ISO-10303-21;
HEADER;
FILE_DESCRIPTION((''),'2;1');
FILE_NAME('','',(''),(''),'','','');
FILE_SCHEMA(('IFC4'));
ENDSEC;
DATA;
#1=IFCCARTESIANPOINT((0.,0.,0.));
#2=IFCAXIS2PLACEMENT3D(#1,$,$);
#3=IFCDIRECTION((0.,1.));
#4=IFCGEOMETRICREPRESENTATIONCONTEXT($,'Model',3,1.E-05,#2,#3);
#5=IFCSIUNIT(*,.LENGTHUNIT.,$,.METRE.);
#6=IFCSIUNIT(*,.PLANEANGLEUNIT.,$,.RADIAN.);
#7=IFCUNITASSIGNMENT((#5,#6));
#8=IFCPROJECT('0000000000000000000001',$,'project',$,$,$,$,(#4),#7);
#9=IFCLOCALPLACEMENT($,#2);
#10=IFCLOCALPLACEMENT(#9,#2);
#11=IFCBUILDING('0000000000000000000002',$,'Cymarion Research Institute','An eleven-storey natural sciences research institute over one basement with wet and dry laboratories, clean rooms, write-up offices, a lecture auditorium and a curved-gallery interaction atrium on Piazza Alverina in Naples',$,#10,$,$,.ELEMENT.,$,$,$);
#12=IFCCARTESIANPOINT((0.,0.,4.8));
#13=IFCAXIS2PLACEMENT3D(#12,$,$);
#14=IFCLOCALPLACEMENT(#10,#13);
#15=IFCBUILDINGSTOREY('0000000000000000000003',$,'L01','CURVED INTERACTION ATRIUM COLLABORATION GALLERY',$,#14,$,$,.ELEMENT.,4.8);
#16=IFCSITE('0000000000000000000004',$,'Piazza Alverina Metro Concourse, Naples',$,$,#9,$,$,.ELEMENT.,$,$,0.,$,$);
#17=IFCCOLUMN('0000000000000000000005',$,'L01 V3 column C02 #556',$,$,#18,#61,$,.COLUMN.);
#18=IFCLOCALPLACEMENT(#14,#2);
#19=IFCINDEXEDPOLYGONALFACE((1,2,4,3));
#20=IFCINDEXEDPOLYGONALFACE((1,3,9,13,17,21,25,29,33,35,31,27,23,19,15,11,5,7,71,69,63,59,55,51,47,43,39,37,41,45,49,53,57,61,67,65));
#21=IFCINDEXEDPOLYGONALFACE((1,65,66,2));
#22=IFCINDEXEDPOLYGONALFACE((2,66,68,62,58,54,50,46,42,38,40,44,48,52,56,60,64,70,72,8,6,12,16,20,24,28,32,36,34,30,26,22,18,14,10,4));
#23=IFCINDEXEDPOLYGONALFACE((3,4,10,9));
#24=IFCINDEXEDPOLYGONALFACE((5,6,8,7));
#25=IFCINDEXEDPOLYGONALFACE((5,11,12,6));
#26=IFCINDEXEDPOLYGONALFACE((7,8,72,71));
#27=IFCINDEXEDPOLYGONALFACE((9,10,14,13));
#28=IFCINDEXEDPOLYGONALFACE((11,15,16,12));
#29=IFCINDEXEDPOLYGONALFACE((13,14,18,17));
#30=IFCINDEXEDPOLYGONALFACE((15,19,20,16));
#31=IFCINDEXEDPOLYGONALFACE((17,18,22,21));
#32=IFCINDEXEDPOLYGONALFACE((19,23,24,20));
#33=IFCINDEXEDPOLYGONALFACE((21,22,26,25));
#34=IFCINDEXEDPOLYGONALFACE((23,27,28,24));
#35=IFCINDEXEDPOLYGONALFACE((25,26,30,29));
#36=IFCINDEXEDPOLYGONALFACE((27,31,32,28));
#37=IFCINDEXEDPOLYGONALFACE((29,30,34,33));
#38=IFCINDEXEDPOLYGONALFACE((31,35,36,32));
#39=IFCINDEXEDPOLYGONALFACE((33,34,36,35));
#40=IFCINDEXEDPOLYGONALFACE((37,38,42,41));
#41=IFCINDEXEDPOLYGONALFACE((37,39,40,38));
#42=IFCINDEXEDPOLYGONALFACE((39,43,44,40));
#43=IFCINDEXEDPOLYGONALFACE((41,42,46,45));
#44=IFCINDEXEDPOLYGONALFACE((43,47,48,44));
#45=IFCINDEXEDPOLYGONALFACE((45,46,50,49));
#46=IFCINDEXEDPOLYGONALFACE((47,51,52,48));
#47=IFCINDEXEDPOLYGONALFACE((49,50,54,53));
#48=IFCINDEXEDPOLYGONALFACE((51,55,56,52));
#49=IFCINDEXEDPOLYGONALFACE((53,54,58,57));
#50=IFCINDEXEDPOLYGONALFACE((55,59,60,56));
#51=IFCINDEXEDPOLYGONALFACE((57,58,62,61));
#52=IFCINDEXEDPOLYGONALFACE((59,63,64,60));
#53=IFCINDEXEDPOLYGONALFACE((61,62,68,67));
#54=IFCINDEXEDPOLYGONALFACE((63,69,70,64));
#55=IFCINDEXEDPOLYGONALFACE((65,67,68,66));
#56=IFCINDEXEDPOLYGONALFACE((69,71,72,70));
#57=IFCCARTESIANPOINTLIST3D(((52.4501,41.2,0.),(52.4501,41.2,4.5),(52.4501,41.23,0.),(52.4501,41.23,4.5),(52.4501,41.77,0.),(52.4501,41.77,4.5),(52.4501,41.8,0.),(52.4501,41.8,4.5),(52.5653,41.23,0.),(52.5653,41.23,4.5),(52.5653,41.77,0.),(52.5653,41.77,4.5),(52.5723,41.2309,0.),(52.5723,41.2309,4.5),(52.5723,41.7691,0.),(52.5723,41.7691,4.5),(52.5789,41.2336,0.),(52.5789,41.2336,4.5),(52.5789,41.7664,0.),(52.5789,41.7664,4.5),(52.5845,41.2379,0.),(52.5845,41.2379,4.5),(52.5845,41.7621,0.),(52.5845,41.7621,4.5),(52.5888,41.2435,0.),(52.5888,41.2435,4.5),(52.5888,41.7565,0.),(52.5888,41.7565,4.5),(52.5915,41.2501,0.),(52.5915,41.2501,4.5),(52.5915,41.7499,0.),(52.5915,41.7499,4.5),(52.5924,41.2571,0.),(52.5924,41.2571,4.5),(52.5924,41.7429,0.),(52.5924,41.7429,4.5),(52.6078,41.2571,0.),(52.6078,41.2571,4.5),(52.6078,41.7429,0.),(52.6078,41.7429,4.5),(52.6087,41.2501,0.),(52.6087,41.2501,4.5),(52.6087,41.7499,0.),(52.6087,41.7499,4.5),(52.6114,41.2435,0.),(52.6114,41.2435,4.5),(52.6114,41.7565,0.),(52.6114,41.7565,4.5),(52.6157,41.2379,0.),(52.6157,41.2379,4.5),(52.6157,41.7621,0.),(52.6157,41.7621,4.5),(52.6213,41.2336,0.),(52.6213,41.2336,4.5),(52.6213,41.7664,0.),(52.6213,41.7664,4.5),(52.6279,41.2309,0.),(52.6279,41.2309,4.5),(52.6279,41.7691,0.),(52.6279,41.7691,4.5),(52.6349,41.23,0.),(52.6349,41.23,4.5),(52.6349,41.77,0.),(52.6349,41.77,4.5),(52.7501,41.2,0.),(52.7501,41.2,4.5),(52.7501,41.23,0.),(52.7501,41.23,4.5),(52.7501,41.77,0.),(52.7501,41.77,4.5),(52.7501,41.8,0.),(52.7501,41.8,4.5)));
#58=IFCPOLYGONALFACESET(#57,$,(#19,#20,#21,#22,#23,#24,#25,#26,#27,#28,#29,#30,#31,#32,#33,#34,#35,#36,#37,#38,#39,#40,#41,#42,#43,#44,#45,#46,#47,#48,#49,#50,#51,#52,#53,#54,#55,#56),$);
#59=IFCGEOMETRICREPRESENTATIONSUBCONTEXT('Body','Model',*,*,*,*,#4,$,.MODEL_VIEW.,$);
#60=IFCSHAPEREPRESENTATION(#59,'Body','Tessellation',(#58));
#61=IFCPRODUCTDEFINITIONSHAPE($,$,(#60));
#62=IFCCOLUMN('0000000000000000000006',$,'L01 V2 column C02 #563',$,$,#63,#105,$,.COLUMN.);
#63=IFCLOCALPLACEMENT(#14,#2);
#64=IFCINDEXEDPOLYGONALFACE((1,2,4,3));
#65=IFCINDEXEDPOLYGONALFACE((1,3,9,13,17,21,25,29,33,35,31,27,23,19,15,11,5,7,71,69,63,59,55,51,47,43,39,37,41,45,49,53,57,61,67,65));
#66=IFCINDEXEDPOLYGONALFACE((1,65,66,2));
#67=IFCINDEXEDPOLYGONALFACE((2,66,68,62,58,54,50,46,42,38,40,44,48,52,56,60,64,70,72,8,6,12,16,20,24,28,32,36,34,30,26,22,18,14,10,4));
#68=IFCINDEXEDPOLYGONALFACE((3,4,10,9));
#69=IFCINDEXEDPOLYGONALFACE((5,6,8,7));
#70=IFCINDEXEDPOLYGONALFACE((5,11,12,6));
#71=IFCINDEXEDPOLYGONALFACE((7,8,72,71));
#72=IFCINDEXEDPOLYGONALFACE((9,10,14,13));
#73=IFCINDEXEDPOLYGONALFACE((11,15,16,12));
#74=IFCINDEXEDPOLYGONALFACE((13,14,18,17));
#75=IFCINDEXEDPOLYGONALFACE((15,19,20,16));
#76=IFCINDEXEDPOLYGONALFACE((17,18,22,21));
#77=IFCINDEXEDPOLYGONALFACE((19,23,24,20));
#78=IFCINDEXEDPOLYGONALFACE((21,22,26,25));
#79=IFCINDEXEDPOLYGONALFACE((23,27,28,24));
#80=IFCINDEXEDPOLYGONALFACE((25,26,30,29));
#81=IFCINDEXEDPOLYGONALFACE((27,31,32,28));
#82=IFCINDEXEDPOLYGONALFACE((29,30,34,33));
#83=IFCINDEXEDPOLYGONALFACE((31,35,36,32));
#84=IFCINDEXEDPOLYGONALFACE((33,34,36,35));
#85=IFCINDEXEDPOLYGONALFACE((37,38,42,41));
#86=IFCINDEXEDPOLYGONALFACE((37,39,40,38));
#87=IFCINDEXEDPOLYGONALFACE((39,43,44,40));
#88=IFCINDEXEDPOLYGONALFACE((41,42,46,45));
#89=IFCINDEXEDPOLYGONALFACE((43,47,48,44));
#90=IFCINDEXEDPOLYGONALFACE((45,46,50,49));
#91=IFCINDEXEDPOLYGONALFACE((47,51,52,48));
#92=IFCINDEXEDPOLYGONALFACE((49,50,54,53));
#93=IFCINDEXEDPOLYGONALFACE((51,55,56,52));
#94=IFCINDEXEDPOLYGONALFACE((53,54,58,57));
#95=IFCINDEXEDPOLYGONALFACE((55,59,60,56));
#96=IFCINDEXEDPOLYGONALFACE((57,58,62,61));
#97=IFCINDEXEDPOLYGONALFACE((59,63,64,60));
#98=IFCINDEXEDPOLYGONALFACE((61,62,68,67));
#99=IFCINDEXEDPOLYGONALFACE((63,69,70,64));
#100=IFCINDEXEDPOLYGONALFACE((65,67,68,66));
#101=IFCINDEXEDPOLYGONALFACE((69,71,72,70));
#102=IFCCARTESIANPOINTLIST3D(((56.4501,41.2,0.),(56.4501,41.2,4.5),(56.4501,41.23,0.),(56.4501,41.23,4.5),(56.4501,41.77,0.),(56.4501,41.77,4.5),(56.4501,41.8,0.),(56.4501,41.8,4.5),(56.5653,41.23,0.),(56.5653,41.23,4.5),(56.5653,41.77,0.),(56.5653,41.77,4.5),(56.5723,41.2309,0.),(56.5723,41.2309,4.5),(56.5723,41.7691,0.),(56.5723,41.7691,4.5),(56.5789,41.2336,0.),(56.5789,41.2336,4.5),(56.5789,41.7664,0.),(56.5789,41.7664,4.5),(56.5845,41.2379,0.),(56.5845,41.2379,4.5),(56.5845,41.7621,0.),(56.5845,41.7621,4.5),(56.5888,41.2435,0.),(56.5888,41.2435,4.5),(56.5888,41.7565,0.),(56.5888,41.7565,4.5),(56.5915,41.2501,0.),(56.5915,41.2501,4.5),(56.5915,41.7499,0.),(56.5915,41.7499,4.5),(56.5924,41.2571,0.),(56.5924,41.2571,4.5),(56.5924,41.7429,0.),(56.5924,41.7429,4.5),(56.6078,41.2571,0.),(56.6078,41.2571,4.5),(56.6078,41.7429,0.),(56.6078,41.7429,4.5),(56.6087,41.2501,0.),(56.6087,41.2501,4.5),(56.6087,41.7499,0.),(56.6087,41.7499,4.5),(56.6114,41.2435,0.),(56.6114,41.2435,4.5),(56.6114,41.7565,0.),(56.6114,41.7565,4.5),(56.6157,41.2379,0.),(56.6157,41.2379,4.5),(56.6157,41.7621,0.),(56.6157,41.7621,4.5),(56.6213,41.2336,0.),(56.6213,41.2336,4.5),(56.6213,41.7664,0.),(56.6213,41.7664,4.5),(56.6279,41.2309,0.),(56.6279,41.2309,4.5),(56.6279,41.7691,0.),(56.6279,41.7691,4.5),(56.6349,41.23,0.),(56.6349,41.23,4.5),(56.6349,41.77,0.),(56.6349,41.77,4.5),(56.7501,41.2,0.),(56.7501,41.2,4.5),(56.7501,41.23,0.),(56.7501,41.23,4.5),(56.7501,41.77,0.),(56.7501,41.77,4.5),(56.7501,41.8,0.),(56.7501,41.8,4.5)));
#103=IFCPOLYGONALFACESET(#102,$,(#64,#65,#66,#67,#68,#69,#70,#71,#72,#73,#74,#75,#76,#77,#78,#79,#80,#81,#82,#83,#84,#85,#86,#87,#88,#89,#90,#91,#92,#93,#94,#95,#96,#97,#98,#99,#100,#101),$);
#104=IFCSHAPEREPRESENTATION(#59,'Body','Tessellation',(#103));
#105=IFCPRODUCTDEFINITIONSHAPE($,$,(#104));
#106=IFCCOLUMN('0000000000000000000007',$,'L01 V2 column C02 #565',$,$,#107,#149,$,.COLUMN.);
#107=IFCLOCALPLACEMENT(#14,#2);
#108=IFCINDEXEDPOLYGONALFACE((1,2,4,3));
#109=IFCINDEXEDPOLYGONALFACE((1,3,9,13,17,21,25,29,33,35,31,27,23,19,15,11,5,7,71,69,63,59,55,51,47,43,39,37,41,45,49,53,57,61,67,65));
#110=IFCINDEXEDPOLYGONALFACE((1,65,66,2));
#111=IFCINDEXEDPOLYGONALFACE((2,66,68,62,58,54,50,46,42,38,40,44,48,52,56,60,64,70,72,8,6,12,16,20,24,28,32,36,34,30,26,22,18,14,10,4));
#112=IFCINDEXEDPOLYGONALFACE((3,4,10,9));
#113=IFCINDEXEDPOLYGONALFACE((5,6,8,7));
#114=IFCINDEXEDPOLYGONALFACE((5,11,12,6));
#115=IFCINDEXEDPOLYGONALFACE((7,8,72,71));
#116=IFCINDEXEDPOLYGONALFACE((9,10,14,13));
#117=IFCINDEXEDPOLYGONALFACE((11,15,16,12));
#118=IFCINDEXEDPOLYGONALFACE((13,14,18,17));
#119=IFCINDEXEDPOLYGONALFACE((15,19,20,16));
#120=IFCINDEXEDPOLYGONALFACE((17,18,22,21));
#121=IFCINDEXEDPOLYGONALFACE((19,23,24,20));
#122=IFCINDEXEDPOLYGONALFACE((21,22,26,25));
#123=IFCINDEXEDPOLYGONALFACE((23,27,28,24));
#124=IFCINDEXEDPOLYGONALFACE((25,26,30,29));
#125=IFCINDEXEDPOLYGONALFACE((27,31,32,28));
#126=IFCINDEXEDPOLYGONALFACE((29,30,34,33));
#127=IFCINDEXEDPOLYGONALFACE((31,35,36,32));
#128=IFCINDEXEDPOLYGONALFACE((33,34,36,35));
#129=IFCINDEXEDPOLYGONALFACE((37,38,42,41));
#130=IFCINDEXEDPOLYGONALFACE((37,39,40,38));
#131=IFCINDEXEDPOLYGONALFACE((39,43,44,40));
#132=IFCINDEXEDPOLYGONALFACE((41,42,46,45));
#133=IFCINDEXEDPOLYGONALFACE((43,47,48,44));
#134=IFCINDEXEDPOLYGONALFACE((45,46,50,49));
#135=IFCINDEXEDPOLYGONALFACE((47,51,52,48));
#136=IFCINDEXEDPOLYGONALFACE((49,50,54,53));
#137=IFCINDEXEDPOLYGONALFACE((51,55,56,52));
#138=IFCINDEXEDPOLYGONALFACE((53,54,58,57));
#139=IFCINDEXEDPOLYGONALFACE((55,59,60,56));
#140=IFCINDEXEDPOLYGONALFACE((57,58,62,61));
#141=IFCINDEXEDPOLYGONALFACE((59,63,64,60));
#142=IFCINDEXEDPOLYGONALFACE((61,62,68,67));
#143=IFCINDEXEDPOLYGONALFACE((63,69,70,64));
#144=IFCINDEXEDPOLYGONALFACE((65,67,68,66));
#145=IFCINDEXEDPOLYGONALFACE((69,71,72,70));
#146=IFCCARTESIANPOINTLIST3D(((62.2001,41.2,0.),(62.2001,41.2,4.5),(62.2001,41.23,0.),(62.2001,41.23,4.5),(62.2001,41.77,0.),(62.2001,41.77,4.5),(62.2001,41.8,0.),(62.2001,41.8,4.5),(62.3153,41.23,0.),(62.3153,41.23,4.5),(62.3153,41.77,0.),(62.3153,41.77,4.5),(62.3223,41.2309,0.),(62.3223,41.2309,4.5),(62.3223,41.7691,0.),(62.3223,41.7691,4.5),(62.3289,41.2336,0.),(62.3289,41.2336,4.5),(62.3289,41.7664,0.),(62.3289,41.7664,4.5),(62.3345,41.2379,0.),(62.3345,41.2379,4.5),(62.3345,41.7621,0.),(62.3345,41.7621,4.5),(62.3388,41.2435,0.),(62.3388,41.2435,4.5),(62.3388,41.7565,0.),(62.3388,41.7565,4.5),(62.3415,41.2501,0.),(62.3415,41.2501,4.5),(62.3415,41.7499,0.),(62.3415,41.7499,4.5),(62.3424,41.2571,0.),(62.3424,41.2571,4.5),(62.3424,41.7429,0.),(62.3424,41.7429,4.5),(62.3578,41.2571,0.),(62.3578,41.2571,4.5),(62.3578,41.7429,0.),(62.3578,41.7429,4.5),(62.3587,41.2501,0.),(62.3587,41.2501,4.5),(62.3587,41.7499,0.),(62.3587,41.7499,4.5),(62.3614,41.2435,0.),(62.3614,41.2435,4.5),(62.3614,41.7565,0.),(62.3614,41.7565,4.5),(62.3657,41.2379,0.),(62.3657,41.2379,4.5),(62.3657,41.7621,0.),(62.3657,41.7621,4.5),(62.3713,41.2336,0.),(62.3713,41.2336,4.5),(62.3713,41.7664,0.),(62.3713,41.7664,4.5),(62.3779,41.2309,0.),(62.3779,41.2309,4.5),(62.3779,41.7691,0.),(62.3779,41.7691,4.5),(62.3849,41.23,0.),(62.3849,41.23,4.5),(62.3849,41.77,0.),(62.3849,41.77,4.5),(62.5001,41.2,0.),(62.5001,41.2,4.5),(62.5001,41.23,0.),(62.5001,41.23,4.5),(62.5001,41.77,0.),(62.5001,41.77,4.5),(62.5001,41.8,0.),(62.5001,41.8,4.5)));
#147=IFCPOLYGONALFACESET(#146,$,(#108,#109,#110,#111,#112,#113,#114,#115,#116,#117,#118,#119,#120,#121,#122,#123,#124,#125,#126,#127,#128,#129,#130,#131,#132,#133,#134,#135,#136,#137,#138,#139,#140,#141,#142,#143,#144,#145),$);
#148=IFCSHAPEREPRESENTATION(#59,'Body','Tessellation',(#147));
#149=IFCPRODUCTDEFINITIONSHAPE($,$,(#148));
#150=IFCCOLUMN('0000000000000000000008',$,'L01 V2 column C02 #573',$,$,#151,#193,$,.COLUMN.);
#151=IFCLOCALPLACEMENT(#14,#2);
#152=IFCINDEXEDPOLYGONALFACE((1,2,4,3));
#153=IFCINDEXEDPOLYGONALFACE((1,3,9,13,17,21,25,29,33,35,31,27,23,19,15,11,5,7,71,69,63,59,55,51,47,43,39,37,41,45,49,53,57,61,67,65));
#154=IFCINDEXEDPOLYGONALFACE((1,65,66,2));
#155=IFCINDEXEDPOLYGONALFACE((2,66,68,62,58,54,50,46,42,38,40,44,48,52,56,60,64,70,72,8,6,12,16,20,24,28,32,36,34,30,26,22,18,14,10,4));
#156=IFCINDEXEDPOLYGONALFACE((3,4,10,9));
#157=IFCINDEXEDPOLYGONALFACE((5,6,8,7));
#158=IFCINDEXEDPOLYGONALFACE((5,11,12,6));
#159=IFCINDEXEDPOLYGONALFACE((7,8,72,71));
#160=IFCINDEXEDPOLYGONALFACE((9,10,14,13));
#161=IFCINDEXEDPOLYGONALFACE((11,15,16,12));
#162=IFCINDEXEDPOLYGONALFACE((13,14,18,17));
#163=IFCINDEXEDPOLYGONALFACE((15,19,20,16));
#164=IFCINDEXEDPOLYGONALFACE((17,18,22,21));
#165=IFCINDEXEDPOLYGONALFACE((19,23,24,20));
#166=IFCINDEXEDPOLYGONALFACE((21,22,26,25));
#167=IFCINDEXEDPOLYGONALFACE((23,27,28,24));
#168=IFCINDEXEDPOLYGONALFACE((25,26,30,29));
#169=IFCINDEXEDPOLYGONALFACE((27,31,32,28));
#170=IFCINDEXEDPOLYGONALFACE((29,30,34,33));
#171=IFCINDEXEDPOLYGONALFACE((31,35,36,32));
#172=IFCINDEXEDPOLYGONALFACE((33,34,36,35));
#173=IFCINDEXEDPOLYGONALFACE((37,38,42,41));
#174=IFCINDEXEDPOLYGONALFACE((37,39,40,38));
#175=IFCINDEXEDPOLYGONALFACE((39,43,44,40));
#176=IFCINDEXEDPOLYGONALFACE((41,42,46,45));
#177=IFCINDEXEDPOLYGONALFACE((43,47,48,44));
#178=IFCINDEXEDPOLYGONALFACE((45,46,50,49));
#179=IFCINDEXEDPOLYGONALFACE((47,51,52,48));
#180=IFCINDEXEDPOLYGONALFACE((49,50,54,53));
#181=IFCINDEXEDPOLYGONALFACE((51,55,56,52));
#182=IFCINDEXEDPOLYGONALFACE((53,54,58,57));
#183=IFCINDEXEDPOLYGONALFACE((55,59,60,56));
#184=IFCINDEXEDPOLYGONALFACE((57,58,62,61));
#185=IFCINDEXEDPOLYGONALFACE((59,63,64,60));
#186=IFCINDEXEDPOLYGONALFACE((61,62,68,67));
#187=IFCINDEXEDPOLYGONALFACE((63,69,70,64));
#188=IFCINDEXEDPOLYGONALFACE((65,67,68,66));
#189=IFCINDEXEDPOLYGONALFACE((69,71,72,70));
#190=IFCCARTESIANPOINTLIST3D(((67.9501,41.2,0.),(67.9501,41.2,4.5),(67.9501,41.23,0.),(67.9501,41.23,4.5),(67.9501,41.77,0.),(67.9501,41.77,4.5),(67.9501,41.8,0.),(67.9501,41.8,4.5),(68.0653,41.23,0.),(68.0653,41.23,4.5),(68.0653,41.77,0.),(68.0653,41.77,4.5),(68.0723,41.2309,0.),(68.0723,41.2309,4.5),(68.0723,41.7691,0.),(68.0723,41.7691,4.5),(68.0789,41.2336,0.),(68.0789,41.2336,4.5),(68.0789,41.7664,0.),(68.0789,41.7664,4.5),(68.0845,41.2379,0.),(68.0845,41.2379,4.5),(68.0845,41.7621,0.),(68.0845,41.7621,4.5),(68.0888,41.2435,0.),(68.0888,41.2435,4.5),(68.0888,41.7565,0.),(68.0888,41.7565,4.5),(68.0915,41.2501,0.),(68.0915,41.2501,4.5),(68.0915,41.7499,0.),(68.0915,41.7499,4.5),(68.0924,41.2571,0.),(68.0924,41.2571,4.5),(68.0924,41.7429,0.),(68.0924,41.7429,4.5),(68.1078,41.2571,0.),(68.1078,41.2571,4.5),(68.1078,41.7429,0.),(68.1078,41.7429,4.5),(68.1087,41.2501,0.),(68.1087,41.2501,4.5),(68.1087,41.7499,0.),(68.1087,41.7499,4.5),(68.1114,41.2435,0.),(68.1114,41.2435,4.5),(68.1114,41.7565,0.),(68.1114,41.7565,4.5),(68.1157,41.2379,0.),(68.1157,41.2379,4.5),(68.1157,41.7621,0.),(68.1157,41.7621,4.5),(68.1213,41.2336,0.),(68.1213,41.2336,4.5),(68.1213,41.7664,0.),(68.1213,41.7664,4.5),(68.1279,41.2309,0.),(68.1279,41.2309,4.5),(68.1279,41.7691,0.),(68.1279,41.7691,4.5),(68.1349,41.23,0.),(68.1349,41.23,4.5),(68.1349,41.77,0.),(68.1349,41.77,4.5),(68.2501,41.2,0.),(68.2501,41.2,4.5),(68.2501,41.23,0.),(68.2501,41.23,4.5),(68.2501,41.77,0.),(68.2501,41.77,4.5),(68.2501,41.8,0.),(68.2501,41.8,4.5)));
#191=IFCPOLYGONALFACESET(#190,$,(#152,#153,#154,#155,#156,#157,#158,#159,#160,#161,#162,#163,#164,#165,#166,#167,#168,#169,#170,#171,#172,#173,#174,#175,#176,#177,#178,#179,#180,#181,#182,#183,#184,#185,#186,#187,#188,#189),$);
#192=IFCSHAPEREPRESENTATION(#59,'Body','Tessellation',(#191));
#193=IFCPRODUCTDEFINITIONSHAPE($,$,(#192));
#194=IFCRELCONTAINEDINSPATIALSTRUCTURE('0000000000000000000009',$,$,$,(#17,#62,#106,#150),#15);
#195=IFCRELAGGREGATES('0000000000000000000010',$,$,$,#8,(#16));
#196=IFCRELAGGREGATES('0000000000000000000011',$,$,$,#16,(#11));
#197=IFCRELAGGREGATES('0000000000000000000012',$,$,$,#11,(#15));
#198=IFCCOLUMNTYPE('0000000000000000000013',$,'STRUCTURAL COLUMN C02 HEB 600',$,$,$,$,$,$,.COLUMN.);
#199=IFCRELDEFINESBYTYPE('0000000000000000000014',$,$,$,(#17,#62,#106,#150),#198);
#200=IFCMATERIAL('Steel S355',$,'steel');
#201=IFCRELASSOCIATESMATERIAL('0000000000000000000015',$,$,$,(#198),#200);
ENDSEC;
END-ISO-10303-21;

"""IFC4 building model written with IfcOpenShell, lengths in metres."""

from ifc_helpers import new_model, si_unit, direction, frame, origin, origin_2d, place, context, subcontext, project, spatial, i_section, extrude, material, material_profile, profile_set, type_object, element, save


model = new_model("IFC4")

# Units and contexts
model_context = context("Model", 3, precision=1e-05, world=origin(), true_north=direction((0.0, 1.0)))
body_context = subcontext(model_context, "Body", "Model", "MODEL_VIEW")
ifc_project = project(units=[si_unit("LENGTHUNIT", "METRE"), si_unit("PLANEANGLEUNIT", "RADIAN")], contexts=[model_context])

# Site, building, storey
site_placement = place(None, origin())
site = spatial("IfcSite", under=ifc_project, at=site_placement, Name="Piazza Alverina Metro Concourse, Naples", CompositionType="ELEMENT", RefElevation=0.0)
building_placement = place(site_placement, origin())
building = spatial("IfcBuilding", under=site, at=building_placement, Name="Cymarion Research Institute", Description="An eleven-storey natural sciences research institute over one basement with wet and dry laboratories, clean rooms, write-up offices, a lecture auditorium and a curved-gallery interaction atrium on Piazza Alverina in Naples", CompositionType="ELEMENT")
storey_placement = place(building_placement, frame((0.0, 0.0, 4.8)))
storey = spatial("IfcBuildingStorey", under=building, at=storey_placement, Name="L01", Description="CURVED INTERACTION ATRIUM COLLABORATION GALLERY", CompositionType="ELEMENT", Elevation=4.8)

# Columns
ifc_material_1 = material(Name="Steel S355", Category="steel")
ifc_material_profile_1 = material_profile(ifc_material_1, i_section(OverallWidth=0.3, OverallDepth=0.6001, WebThickness=0.0154, FlangeThickness=0.03, FilletRadius=0.0271, at=origin_2d()), Name="HEB 600")
ifc_profile_set_1 = profile_set([ifc_material_profile_1], Name="Steel S355")
column_type = type_object("IfcColumnType", Name="STRUCTURAL COLUMN C02 HEB 600", PredefinedType="COLUMN", material=ifc_profile_set_1)
for number, where, z_axis, x_axis, name in (
    (1, (52.6001, 41.5, 0.0), (0.0, 0.0, 1.0), (1.0, 0.0, 0.0), "L01 V3 column C02 #556"),
    (2, (56.6001, 41.5, 0.0), (0.0, 0.0, 1.0), (1.0, 0.0, 0.0), "L01 V2 column C02 #563"),
    (3, (62.3501, 41.5, 0.0), (0.0, 0.0, 1.0), (1.0, 0.0, 0.0), "L01 V2 column C02 #565"),
    (4, (68.1001, 41.5, 0.0), (0.0, 0.0, 1.0), (1.0, 0.0, 0.0), "L01 V2 column C02 #573"),
):
    element("IfcColumn", number, at=place(storey_placement, frame(where, z_axis=z_axis, x_axis=x_axis)), inside=storey, type_object=column_type, Name=name, PredefinedType="COLUMN", context=body_context, shape_type="SweptSolid", body=[
        extrude(i_section(OverallWidth=0.3, OverallDepth=0.6001, WebThickness=0.0154, FlangeThickness=0.03, FilletRadius=0.0271, at=origin_2d()), origin(), (0.0, 0.0, 1.0), 4.5),
    ])

save(model, "model.ifc")
